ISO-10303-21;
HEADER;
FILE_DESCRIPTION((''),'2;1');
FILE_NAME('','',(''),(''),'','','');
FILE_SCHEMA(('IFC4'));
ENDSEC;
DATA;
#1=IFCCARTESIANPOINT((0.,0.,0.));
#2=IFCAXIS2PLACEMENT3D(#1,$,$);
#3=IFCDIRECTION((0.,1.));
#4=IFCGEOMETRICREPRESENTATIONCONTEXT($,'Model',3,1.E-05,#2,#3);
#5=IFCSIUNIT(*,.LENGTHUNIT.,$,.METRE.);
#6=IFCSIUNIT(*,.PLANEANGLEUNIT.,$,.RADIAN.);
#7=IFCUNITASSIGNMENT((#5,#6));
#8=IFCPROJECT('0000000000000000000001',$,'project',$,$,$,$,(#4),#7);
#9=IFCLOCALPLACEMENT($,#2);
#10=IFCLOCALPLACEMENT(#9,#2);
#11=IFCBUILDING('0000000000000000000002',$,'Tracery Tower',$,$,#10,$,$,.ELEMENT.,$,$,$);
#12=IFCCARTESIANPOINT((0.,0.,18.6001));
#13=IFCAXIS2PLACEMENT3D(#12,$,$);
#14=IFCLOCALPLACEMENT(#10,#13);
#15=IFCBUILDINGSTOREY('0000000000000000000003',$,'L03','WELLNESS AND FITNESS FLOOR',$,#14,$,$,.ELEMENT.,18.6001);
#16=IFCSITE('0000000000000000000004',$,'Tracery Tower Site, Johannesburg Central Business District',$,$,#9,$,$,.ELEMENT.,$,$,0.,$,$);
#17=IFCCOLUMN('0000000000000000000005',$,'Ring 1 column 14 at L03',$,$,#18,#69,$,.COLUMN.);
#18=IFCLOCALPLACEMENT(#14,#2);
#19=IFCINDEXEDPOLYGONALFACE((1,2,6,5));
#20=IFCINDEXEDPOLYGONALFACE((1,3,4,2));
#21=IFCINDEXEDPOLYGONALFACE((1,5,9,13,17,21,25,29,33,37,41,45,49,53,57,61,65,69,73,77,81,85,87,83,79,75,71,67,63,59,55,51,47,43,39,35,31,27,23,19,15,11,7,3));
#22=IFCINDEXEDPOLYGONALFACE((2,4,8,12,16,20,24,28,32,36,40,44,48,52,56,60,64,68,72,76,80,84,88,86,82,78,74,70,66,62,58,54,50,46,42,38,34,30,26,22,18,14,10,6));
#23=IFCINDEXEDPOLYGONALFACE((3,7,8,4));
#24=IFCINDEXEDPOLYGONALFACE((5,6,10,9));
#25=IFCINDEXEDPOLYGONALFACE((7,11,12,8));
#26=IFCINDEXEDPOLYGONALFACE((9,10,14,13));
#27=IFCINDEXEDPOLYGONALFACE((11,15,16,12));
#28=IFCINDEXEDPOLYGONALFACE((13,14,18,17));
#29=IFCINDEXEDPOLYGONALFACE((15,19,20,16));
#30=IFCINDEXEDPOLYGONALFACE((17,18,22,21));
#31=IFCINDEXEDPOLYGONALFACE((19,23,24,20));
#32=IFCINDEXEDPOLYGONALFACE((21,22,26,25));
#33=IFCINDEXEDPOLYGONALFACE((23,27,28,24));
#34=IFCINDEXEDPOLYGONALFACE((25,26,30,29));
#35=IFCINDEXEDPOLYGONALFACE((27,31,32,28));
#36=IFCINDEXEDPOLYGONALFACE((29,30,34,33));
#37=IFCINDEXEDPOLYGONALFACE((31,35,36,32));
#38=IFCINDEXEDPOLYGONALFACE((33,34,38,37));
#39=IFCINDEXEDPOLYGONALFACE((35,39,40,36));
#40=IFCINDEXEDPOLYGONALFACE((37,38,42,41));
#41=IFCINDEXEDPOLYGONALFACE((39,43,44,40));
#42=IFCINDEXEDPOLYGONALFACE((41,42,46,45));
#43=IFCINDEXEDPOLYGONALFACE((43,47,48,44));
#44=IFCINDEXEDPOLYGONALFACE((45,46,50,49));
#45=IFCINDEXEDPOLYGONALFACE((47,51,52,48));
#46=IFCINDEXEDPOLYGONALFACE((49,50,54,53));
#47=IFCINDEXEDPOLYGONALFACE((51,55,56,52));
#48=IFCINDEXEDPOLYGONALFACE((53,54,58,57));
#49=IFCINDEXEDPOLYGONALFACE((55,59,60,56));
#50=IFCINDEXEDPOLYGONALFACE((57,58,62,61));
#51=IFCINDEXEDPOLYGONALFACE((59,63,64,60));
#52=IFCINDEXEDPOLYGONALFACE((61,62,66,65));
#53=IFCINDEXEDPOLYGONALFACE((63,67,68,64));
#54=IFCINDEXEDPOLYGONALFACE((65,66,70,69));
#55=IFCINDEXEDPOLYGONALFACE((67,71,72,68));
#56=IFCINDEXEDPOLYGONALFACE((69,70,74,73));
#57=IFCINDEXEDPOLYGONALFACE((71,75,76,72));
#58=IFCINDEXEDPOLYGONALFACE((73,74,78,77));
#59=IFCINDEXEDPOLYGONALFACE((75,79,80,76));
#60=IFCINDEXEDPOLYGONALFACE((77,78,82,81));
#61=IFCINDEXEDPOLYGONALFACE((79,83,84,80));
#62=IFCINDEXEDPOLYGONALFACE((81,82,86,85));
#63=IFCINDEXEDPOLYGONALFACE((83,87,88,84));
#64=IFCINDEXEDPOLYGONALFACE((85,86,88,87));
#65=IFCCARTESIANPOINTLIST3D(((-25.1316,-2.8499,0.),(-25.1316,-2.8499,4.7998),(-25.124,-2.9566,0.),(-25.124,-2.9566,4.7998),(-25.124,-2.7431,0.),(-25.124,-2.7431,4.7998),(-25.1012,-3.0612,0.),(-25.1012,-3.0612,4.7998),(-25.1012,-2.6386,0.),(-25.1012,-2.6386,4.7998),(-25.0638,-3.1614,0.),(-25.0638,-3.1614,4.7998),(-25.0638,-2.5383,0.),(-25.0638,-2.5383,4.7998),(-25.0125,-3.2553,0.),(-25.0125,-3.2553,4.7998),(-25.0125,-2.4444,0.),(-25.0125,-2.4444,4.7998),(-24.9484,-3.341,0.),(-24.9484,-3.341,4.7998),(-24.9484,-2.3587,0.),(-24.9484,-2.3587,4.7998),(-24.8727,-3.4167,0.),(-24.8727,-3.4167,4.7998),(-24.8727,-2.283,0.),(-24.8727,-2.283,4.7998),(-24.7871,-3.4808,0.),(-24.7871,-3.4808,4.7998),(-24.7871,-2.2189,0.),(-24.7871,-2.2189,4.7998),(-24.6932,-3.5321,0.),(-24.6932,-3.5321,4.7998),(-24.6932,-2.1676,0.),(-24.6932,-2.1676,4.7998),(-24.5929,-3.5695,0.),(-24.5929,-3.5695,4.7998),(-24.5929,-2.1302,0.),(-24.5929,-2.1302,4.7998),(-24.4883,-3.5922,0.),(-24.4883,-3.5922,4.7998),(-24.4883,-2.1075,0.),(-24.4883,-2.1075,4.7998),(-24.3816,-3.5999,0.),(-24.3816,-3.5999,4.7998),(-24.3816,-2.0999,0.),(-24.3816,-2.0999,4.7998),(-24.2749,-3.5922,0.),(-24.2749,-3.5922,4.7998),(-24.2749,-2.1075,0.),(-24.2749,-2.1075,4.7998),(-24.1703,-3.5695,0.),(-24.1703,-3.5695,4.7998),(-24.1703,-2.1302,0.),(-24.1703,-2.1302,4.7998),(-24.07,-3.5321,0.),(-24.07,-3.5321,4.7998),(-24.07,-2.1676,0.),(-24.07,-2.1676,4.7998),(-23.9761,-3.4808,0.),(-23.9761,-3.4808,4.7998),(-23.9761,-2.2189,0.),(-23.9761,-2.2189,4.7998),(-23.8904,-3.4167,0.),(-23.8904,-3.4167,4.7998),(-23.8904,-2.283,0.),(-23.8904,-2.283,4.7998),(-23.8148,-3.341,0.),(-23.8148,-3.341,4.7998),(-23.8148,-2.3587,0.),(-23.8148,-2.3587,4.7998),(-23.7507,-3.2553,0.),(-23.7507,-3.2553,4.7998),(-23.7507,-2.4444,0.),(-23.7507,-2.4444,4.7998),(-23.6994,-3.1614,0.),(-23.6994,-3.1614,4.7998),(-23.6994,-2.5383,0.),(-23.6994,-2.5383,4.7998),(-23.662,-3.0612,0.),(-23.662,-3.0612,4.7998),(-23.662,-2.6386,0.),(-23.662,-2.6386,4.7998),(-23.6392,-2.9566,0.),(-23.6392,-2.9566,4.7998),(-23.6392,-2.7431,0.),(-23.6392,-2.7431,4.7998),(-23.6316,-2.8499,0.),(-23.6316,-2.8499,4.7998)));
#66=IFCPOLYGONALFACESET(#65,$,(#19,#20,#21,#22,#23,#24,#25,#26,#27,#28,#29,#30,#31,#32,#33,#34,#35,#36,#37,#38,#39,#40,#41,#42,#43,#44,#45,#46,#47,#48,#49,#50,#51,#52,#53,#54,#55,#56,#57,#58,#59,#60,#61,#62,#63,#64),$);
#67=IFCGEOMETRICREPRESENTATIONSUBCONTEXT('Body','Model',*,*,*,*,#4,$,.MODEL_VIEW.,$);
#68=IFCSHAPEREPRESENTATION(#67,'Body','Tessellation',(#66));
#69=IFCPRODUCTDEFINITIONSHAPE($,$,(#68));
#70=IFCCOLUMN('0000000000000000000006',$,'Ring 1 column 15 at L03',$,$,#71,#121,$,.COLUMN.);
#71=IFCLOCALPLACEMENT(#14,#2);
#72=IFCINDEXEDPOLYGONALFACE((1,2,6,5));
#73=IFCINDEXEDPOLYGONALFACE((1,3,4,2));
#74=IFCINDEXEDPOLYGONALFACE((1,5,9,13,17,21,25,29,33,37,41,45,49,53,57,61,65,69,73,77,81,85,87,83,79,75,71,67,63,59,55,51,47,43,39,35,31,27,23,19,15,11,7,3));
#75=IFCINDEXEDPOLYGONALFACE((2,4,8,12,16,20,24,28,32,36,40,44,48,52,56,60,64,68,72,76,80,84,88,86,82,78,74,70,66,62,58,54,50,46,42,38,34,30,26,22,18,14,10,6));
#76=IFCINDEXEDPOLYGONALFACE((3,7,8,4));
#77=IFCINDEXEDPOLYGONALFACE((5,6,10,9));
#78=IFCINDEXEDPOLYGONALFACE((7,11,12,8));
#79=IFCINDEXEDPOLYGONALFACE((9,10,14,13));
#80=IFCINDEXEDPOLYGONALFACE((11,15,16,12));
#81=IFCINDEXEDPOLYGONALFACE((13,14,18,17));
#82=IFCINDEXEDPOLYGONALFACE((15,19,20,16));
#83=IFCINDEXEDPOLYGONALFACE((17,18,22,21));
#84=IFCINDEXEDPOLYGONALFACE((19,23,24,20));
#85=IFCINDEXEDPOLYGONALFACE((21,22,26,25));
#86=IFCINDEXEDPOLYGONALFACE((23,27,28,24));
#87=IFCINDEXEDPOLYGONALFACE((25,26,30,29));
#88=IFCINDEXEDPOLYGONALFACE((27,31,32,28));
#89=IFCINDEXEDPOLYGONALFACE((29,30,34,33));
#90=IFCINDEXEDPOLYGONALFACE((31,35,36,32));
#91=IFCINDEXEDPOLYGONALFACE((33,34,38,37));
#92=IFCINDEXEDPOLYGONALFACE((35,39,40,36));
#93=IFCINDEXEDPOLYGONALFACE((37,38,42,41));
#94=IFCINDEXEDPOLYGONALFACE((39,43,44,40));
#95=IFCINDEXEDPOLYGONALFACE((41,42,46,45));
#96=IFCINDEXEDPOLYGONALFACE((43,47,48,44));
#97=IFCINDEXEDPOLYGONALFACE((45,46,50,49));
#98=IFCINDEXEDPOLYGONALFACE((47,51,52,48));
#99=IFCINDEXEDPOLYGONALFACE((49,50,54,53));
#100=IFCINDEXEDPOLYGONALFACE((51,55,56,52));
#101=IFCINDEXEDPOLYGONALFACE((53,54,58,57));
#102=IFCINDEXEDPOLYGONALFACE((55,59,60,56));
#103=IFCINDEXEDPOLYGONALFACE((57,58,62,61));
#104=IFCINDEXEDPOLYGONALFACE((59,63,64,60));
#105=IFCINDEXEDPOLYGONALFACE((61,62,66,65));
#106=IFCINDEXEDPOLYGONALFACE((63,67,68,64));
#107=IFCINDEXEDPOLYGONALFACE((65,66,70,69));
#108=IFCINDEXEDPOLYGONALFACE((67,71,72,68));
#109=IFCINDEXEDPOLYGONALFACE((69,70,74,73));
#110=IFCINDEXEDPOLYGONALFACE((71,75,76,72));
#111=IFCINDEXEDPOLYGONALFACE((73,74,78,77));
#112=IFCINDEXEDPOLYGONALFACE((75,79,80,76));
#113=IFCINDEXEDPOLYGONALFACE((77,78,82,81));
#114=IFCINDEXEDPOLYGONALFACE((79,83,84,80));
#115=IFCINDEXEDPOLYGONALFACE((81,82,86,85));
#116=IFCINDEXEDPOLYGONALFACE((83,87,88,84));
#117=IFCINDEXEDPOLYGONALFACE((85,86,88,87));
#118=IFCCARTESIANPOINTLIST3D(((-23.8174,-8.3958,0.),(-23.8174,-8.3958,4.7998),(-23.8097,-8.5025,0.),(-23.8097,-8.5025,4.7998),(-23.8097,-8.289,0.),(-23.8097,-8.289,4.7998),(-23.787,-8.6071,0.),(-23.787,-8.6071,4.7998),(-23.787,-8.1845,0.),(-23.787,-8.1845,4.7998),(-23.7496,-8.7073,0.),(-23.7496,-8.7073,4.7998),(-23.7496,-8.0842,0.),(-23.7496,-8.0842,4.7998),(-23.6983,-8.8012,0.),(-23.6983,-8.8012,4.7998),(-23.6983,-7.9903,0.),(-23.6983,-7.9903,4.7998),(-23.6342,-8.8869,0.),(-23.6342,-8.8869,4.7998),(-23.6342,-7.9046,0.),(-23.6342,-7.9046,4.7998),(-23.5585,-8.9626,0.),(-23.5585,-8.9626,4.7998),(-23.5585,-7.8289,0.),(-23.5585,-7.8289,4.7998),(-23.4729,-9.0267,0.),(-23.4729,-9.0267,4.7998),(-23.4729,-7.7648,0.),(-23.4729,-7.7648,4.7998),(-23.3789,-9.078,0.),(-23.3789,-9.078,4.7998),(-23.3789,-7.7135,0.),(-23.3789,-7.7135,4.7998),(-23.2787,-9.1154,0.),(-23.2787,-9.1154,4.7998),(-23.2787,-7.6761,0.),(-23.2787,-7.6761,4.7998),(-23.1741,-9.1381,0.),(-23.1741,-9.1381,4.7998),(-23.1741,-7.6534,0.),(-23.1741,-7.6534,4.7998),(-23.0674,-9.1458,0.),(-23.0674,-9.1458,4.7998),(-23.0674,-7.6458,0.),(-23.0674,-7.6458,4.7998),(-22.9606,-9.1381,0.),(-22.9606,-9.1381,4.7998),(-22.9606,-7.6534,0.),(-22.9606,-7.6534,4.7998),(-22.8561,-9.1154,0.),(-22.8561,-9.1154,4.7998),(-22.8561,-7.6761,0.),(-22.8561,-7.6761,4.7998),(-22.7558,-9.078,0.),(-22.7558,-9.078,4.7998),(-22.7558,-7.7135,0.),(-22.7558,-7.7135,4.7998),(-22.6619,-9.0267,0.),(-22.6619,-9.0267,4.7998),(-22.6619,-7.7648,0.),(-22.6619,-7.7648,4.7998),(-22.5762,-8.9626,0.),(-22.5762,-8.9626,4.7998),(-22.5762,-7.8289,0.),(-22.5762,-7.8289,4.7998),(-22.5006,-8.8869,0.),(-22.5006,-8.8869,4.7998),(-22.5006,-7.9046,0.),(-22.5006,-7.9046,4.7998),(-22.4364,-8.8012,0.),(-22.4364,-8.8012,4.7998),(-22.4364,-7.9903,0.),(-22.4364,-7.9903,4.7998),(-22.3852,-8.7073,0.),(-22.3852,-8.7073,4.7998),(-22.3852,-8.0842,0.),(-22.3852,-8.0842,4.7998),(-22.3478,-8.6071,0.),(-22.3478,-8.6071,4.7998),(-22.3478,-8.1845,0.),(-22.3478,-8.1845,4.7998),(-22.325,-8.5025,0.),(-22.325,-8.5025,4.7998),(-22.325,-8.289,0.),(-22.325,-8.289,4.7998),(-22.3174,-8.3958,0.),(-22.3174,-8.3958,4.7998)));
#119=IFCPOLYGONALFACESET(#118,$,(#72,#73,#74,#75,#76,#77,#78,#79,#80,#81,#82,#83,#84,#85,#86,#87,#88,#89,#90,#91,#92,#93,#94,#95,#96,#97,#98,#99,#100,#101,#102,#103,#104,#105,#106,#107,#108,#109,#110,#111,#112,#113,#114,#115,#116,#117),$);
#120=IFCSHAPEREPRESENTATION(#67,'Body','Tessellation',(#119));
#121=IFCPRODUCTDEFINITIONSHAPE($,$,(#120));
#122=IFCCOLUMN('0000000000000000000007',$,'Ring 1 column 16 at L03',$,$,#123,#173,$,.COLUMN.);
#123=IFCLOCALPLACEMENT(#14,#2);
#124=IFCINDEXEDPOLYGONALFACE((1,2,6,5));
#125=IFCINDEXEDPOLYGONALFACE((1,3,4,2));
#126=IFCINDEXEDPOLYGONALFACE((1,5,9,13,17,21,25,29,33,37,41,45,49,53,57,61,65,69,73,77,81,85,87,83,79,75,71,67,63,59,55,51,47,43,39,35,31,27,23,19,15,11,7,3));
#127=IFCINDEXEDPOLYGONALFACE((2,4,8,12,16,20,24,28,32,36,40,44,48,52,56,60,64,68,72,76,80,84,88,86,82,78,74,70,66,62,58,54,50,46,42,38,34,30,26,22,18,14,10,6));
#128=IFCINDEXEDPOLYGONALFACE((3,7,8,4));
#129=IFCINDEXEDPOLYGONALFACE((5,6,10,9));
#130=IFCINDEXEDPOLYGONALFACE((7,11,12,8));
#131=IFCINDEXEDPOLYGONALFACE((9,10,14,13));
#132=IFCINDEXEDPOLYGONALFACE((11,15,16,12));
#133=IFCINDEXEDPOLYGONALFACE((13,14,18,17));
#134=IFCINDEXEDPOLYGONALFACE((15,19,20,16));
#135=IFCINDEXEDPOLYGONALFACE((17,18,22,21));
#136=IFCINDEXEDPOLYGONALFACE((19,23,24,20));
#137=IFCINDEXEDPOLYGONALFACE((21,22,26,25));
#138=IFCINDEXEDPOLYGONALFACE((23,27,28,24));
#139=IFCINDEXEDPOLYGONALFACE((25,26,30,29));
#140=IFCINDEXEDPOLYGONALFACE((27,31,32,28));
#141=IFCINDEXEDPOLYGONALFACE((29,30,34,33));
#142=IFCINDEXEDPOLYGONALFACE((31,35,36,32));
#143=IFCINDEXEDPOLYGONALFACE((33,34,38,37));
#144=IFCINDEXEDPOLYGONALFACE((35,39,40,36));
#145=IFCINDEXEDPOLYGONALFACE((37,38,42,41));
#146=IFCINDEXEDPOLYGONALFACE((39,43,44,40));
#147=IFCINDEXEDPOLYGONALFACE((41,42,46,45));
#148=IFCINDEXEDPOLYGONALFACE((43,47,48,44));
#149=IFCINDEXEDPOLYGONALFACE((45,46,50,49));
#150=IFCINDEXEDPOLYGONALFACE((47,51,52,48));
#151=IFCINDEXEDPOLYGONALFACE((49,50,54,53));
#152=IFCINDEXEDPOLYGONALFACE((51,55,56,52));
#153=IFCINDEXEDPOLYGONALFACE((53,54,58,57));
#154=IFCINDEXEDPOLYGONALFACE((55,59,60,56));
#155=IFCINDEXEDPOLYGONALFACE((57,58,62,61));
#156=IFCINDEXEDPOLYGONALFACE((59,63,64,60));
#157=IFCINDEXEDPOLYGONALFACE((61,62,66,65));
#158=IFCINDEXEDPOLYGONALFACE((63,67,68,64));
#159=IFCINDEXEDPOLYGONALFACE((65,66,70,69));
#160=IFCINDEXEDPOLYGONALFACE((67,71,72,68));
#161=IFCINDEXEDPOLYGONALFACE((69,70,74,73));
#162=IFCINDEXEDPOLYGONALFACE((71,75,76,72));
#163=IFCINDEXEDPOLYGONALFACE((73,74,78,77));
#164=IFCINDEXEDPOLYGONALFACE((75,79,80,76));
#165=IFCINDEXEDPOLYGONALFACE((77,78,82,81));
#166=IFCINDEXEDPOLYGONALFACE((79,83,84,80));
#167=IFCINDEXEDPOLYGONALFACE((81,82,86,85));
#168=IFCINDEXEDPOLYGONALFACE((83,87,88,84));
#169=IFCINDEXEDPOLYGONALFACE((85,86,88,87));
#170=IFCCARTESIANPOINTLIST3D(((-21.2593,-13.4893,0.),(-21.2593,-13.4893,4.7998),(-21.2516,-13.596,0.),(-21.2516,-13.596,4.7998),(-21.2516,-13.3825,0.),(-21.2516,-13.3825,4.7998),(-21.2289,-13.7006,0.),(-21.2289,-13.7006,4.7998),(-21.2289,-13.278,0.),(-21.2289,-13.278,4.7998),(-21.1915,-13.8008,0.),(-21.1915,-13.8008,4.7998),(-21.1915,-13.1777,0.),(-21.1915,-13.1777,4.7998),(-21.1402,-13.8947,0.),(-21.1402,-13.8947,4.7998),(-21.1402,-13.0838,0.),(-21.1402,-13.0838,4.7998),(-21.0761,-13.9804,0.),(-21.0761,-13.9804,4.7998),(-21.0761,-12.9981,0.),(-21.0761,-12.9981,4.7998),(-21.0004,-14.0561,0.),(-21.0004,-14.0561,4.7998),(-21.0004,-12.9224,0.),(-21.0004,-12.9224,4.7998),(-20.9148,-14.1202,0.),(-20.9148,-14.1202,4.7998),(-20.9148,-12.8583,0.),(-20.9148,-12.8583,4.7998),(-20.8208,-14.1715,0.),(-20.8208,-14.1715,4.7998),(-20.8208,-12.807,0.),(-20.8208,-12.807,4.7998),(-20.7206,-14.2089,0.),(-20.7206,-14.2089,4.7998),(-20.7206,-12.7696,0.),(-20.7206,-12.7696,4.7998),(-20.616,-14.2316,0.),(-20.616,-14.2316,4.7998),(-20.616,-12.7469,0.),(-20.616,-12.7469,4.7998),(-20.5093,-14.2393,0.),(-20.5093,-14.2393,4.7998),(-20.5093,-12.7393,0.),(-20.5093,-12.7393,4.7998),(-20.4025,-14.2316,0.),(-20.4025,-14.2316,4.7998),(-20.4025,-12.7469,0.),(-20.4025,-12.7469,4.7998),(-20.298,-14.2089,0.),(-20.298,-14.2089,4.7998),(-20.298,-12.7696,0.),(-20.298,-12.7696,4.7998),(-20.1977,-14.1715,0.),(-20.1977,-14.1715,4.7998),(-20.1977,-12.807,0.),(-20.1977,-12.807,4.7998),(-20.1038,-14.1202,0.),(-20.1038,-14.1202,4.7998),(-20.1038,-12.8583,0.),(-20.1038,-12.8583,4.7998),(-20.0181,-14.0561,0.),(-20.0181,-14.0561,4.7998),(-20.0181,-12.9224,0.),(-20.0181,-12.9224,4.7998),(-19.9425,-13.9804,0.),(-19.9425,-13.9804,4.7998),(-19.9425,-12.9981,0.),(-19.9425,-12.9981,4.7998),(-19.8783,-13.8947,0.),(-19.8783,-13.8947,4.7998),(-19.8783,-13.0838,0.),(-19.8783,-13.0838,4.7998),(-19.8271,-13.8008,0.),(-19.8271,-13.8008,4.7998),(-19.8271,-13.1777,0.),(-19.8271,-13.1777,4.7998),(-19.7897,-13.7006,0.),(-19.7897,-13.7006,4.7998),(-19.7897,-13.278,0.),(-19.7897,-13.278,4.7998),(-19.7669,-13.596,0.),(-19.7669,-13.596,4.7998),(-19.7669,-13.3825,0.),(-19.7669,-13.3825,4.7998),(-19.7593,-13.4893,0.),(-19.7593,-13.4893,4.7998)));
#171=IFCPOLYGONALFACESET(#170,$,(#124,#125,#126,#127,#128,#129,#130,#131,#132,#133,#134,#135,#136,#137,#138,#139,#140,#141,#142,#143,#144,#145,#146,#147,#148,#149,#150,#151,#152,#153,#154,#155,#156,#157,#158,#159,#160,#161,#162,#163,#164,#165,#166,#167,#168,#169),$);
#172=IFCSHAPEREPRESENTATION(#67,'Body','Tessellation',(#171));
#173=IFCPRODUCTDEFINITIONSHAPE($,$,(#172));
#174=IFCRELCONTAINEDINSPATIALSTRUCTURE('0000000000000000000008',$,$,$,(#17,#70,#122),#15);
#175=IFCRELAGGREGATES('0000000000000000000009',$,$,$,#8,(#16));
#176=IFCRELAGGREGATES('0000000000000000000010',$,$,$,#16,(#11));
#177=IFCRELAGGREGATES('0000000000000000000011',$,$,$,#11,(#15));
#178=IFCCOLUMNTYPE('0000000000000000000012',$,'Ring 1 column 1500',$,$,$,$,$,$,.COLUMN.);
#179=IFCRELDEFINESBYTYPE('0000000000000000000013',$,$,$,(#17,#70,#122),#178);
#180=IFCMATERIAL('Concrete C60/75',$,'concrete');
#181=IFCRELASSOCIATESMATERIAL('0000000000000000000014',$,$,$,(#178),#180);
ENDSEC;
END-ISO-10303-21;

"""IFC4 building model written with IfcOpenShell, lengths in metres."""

from ifc_helpers import new_model, si_unit, direction, frame, origin, origin_2d, place, context, subcontext, project, spatial, circle, extrude, material, material_profile, profile_set, type_object, element, save


model = new_model("IFC4")

# Units and contexts
model_context = context("Model", 3, precision=1e-05, world=origin(), true_north=direction((0.0, 1.0)))
body_context = subcontext(model_context, "Body", "Model", "MODEL_VIEW")
ifc_project = project(units=[si_unit("LENGTHUNIT", "METRE"), si_unit("PLANEANGLEUNIT", "RADIAN")], contexts=[model_context])

# Site, building, storey
site_placement = place(None, origin())
site = spatial("IfcSite", under=ifc_project, at=site_placement, Name="Tracery Tower Site, Johannesburg Central Business District", CompositionType="ELEMENT", RefElevation=0.0)
building_placement = place(site_placement, origin())
building = spatial("IfcBuilding", under=site, at=building_placement, Name="Tracery Tower", CompositionType="ELEMENT")
storey_placement = place(building_placement, frame((0.0, 0.0, 18.6001)))
storey = spatial("IfcBuildingStorey", under=building, at=storey_placement, Name="L03", Description="WELLNESS AND FITNESS FLOOR", CompositionType="ELEMENT", Elevation=18.6001)

# Columns
ifc_material_1 = material(Name="Concrete C60/75", Category="concrete")
ifc_material_profile_1 = material_profile(ifc_material_1, circle(Radius=0.75, at=origin_2d()), Name="RC D1500")
ifc_profile_set_1 = profile_set([ifc_material_profile_1], Name="Concrete C60/75")
column_type_1 = type_object("IfcColumnType", Name="Ring 1 column 1500", PredefinedType="COLUMN", material=ifc_profile_set_1)
for number, where, z_axis, x_axis, name in (
    (1, (-24.3816, -2.8499, 0.0), (0.0, 0.0, 1.0), (1.0, 0.0, 0.0), "Ring 1 column 14 at L03"),
    (2, (-23.0674, -8.3958, 0.0), (0.0, 0.0, 1.0), (1.0, 0.0, 0.0), "Ring 1 column 15 at L03"),
    (3, (-20.5093, -13.4893, 0.0), (0.0, 0.0, 1.0), (1.0, 0.0, 0.0), "Ring 1 column 16 at L03"),
):
    element("IfcColumn", number, at=place(storey_placement, frame(where, z_axis=z_axis, x_axis=x_axis)), inside=storey, type_object=column_type_1, Name=name, PredefinedType="COLUMN", context=body_context, shape_type="SweptSolid", body=[
        extrude(circle(Radius=0.75, at=origin_2d()), origin(), (0.0, 0.0, 1.0), 4.7998),
    ])

save(model, "model.ifc")
